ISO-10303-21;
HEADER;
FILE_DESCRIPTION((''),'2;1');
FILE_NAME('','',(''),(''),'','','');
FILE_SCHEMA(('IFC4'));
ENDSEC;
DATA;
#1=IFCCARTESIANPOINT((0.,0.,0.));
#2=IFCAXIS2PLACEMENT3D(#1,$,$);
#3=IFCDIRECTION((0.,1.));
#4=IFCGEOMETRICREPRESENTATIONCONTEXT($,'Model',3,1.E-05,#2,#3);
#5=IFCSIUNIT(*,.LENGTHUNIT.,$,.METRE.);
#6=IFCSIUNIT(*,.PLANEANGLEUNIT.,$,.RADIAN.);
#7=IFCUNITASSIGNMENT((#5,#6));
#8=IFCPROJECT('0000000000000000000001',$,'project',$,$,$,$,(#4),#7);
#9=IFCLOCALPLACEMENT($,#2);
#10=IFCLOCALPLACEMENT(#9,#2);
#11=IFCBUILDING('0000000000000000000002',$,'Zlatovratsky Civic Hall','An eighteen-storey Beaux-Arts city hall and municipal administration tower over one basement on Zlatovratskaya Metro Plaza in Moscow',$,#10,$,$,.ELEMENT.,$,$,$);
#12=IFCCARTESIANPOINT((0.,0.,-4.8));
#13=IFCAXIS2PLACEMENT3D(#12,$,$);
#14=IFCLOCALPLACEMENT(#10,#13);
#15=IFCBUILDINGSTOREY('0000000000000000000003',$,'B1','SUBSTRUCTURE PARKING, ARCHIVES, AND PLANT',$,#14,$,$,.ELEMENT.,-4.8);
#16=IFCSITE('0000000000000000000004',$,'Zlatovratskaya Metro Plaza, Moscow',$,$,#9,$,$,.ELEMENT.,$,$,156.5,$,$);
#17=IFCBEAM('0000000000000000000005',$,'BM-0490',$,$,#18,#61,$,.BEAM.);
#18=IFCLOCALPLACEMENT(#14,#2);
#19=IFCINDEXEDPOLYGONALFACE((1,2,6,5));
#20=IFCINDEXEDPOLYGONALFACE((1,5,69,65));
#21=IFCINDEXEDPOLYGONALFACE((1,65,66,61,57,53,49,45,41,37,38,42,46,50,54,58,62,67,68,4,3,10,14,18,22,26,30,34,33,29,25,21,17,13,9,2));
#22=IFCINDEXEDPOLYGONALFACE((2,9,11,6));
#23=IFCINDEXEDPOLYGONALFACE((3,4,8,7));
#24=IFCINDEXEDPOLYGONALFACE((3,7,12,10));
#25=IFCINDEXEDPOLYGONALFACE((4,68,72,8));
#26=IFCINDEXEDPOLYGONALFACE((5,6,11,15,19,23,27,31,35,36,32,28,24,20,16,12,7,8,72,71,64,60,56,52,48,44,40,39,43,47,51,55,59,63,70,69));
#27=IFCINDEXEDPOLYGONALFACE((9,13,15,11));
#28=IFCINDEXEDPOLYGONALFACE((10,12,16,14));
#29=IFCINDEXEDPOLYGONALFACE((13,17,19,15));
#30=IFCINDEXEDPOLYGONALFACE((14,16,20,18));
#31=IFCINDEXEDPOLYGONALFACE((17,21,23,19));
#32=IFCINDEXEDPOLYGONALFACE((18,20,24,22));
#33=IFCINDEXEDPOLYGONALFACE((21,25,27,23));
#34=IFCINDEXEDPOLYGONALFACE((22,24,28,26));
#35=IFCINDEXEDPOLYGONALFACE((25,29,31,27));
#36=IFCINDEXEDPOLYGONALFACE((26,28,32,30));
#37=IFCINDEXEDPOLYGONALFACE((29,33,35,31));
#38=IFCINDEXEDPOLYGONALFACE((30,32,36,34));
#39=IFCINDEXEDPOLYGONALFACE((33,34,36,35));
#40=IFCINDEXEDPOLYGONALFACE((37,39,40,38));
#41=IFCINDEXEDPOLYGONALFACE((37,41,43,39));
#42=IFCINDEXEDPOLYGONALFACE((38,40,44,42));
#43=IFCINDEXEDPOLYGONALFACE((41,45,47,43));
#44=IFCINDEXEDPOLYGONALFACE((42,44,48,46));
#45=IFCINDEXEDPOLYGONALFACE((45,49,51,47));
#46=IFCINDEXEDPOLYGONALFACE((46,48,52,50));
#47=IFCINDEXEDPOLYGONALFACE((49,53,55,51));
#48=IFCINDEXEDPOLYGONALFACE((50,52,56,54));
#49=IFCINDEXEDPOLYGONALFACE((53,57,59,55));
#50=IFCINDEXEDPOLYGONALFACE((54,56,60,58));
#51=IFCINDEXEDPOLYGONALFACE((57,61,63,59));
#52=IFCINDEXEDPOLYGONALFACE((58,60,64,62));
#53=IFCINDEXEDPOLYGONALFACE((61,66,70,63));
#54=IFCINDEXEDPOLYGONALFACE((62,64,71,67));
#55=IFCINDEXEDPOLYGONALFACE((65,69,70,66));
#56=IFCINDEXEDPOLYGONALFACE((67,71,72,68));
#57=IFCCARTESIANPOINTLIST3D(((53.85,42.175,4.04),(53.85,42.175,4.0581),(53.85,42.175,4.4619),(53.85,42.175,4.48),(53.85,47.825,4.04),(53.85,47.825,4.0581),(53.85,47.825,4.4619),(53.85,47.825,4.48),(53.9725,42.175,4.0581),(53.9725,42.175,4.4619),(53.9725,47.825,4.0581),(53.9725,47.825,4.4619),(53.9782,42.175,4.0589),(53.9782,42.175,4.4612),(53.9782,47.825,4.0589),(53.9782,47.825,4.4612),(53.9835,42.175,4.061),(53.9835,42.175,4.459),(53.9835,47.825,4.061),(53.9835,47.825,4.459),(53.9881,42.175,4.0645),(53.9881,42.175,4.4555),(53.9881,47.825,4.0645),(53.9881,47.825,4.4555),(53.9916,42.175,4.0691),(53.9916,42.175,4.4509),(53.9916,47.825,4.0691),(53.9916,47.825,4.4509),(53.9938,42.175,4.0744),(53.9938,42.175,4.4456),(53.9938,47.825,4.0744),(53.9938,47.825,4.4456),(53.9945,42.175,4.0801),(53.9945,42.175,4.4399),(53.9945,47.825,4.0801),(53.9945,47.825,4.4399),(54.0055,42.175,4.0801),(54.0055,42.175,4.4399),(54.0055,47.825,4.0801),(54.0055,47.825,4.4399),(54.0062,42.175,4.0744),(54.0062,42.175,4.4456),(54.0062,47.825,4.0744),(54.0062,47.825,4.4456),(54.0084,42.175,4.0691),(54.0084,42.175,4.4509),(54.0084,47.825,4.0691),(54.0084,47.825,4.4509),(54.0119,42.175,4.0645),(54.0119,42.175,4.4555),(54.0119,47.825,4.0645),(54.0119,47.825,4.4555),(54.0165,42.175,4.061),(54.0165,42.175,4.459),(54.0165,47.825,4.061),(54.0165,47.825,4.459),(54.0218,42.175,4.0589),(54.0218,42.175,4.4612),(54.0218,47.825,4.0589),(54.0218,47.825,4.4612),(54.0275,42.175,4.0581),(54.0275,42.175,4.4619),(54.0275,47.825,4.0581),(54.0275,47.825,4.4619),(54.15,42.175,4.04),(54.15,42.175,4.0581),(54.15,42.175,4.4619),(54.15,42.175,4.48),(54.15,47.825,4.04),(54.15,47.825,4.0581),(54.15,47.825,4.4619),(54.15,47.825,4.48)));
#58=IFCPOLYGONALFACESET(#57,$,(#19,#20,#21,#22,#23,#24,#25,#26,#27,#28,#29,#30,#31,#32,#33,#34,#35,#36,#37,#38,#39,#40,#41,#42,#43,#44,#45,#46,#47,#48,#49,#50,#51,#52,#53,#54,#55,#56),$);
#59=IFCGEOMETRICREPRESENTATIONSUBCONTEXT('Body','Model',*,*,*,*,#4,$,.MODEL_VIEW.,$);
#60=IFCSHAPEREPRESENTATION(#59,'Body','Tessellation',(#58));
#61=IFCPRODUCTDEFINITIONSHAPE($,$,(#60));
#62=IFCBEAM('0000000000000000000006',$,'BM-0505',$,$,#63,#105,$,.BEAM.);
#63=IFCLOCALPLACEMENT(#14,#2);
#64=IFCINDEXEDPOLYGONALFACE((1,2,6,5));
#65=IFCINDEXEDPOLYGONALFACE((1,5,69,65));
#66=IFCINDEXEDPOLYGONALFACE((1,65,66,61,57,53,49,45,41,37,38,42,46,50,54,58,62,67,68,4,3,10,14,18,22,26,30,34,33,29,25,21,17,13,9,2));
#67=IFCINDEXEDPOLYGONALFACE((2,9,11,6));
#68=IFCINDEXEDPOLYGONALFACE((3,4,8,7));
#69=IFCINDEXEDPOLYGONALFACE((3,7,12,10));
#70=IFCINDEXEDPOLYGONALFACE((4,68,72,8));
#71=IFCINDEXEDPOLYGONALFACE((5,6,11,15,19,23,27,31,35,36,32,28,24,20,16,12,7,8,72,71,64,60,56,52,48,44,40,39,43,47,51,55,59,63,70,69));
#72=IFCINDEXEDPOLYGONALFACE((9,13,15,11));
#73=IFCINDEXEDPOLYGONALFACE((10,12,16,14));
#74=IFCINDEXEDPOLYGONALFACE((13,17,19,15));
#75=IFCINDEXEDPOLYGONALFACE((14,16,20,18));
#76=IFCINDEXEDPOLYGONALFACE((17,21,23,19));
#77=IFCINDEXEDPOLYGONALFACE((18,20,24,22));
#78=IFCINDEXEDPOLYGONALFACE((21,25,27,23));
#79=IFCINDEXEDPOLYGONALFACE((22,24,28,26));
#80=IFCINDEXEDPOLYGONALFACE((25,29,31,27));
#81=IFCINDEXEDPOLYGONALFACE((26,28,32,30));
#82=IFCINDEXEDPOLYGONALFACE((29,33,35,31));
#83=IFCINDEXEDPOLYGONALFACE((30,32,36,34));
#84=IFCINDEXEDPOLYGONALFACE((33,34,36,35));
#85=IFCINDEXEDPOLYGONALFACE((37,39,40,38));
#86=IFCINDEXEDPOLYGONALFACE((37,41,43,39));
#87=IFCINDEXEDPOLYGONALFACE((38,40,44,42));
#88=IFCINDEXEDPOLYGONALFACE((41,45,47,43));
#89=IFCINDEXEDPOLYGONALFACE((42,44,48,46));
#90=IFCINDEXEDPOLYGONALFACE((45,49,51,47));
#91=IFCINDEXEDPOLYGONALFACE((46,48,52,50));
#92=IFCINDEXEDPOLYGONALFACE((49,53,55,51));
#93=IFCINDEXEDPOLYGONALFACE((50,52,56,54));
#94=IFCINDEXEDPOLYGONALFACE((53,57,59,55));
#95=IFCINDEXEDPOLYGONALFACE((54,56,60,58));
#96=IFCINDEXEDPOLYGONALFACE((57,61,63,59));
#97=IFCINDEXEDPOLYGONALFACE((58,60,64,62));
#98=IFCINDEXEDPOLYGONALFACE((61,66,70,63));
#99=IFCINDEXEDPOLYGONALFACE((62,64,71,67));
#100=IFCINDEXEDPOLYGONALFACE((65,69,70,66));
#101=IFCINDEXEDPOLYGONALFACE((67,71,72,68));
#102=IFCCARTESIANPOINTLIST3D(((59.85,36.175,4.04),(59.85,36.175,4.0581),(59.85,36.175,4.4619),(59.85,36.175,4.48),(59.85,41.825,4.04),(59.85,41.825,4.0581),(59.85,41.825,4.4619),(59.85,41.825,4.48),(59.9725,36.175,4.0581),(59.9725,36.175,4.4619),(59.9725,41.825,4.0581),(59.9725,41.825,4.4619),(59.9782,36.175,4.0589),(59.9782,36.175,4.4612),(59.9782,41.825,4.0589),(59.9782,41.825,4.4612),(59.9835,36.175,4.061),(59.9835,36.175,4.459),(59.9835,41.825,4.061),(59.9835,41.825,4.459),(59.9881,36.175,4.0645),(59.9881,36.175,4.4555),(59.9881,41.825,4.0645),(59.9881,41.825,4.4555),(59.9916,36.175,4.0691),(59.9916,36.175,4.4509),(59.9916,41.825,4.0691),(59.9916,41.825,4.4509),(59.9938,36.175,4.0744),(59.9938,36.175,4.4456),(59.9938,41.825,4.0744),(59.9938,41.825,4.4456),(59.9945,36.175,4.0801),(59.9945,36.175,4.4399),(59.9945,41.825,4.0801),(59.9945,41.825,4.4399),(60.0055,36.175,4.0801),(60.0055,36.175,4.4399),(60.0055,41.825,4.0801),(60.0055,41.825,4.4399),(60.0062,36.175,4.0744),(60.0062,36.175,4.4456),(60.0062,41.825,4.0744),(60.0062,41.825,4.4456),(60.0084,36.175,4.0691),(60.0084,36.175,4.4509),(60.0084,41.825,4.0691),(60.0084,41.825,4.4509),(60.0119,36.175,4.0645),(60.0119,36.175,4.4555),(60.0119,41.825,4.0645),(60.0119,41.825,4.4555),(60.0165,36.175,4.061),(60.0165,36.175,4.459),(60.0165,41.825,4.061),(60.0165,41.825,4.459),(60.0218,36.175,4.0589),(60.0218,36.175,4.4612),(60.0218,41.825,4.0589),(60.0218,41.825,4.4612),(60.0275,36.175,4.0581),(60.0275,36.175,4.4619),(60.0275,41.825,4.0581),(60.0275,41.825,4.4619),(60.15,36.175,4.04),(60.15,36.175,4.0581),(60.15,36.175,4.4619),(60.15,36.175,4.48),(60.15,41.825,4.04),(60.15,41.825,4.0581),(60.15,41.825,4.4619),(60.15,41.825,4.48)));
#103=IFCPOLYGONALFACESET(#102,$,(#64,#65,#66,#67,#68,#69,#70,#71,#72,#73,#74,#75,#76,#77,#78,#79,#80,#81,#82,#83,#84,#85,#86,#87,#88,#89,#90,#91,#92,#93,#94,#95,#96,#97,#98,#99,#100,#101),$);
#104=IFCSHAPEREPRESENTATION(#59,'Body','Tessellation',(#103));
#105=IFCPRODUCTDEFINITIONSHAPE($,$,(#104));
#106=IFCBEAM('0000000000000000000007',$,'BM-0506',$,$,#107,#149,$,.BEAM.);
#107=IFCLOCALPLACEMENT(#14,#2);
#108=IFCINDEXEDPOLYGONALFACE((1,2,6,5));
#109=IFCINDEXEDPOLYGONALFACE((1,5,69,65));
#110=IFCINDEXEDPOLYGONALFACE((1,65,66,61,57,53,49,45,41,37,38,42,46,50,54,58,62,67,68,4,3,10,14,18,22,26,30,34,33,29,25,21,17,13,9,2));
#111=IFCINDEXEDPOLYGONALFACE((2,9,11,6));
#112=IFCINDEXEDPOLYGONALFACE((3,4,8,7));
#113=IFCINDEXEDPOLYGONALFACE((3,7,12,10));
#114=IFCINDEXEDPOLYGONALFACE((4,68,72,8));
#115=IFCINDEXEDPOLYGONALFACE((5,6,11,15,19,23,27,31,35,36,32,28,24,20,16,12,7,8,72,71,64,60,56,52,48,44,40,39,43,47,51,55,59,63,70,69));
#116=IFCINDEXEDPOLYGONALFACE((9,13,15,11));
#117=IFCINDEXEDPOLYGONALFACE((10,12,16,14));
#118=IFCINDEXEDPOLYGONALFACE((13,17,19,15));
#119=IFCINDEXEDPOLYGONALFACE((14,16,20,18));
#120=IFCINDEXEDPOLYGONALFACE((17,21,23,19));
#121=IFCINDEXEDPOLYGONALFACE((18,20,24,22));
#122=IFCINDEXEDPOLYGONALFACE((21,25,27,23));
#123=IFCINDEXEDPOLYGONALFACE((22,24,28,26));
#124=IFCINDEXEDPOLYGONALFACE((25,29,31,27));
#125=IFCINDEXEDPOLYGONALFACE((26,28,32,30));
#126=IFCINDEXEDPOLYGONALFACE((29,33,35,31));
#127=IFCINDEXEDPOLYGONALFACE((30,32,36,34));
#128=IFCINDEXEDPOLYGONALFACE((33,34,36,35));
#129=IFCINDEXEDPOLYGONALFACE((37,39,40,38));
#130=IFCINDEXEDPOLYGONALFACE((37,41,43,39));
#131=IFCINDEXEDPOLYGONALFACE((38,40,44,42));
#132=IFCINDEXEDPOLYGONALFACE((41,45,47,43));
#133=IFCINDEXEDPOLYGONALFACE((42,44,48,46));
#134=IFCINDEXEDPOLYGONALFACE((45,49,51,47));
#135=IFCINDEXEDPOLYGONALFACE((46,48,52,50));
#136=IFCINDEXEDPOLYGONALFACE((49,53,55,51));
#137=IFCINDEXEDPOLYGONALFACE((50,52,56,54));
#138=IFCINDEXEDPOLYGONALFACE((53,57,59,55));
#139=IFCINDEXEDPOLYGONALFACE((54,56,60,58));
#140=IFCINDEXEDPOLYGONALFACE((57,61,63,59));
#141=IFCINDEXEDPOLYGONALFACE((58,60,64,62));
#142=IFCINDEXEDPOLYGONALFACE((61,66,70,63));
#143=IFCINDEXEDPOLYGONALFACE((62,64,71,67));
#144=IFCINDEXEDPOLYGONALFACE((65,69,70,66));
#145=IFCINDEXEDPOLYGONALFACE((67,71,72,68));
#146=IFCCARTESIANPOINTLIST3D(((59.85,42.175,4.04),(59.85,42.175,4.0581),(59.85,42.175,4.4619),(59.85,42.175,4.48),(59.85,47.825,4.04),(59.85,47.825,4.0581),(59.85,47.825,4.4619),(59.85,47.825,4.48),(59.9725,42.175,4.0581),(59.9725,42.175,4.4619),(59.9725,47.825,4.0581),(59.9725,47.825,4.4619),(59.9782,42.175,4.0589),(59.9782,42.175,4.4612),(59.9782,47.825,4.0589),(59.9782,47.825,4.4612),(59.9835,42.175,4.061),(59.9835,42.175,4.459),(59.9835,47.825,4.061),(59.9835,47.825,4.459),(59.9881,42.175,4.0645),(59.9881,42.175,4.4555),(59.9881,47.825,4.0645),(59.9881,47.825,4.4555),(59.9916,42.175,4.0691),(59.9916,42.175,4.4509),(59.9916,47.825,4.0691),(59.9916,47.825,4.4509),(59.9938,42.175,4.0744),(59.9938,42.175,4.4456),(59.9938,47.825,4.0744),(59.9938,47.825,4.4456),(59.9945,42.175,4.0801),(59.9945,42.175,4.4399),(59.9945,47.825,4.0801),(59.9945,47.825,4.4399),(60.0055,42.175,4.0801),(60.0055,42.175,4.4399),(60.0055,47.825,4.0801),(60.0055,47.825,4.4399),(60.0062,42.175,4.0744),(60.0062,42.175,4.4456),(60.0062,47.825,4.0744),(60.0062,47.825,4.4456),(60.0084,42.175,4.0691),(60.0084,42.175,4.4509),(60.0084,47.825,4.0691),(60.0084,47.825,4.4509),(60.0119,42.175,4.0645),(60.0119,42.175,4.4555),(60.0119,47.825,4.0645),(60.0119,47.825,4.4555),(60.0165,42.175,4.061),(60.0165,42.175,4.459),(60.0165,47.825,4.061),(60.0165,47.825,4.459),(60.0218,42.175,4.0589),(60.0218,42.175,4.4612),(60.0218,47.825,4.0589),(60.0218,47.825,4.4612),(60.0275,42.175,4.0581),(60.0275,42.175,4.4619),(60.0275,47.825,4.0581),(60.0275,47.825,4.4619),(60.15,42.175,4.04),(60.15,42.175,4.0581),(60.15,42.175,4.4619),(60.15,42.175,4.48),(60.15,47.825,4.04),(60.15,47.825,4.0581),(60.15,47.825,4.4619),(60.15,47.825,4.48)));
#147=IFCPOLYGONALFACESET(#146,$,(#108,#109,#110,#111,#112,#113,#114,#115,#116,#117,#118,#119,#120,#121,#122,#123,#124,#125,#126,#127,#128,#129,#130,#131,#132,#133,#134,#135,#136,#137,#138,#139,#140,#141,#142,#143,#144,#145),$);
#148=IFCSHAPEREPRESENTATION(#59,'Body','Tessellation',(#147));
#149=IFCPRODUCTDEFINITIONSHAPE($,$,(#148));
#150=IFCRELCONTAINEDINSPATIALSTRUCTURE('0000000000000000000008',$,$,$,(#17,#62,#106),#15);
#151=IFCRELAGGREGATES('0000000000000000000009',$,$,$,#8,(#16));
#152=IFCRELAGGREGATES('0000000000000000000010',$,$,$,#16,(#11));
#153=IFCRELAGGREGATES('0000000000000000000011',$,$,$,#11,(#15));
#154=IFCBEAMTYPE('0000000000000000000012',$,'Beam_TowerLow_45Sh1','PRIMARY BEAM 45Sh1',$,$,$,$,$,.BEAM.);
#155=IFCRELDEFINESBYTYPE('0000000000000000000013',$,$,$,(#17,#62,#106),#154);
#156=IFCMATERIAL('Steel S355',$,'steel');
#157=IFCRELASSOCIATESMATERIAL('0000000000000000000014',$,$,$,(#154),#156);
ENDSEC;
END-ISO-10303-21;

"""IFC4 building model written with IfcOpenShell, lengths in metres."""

from ifc_helpers import new_model, si_unit, direction, frame, origin, origin_2d, place, context, subcontext, project, spatial, i_section, extrude, material, material_profile, profile_set, type_object, element, save


model = new_model("IFC4")

# Units and contexts
model_context = context("Model", 3, precision=1e-05, world=origin(), true_north=direction((0.0, 1.0)))
body_context = subcontext(model_context, "Body", "Model", "MODEL_VIEW")
ifc_project = project(units=[si_unit("LENGTHUNIT", "METRE"), si_unit("PLANEANGLEUNIT", "RADIAN")], contexts=[model_context])

# Site, building, storey
site_placement = place(None, origin())
site = spatial("IfcSite", under=ifc_project, at=site_placement, Name="Zlatovratskaya Metro Plaza, Moscow", CompositionType="ELEMENT", RefElevation=156.5)
building_placement = place(site_placement, origin())
building = spatial("IfcBuilding", under=site, at=building_placement, Name="Zlatovratsky Civic Hall", Description="An eighteen-storey Beaux-Arts city hall and municipal administration tower over one basement on Zlatovratskaya Metro Plaza in Moscow", CompositionType="ELEMENT")
storey_placement = place(building_placement, frame((0.0, 0.0, -4.8)))
storey = spatial("IfcBuildingStorey", under=building, at=storey_placement, Name="B1", Description="SUBSTRUCTURE PARKING, ARCHIVES, AND PLANT", CompositionType="ELEMENT", Elevation=-4.8)

# Shared definitions
ifc_material_1 = material(Name="Steel S355", Category="steel")

# Beams
ifc_material_profile_1 = material_profile(ifc_material_1, i_section(OverallWidth=0.3, OverallDepth=0.4399, WebThickness=0.011, FlangeThickness=0.0181, FilletRadius=0.022, at=origin_2d()), Name="45Sh1")
ifc_profile_set_1 = profile_set([ifc_material_profile_1], Name="Steel S355")
beam_type = type_object("IfcBeamType", Name="Beam_TowerLow_45Sh1", Description="PRIMARY BEAM 45Sh1", PredefinedType="BEAM", material=ifc_profile_set_1)
for number, where, z_axis, x_axis, name in (
    (1, (54.0, 42.175, 4.26), (0.0, 1.0, 0.0), (-1.0, 0.0, 0.0), "BM-0490"),
    (2, (60.0, 36.175, 4.26), (0.0, 1.0, 0.0), (-1.0, 0.0, 0.0), "BM-0505"),
    (3, (60.0, 42.175, 4.26), (0.0, 1.0, 0.0), (-1.0, 0.0, 0.0), "BM-0506"),
):
    element("IfcBeam", number, at=place(storey_placement, frame(where, z_axis=z_axis, x_axis=x_axis)), inside=storey, type_object=beam_type, Name=name, PredefinedType="BEAM", context=body_context, shape_type="SweptSolid", body=[
        extrude(i_section(OverallWidth=0.3, OverallDepth=0.4399, WebThickness=0.011, FlangeThickness=0.0181, FilletRadius=0.022, at=origin_2d()), origin(), (0.0, 0.0, 1.0), 5.6499),
    ])

save(model, "model.ifc")
